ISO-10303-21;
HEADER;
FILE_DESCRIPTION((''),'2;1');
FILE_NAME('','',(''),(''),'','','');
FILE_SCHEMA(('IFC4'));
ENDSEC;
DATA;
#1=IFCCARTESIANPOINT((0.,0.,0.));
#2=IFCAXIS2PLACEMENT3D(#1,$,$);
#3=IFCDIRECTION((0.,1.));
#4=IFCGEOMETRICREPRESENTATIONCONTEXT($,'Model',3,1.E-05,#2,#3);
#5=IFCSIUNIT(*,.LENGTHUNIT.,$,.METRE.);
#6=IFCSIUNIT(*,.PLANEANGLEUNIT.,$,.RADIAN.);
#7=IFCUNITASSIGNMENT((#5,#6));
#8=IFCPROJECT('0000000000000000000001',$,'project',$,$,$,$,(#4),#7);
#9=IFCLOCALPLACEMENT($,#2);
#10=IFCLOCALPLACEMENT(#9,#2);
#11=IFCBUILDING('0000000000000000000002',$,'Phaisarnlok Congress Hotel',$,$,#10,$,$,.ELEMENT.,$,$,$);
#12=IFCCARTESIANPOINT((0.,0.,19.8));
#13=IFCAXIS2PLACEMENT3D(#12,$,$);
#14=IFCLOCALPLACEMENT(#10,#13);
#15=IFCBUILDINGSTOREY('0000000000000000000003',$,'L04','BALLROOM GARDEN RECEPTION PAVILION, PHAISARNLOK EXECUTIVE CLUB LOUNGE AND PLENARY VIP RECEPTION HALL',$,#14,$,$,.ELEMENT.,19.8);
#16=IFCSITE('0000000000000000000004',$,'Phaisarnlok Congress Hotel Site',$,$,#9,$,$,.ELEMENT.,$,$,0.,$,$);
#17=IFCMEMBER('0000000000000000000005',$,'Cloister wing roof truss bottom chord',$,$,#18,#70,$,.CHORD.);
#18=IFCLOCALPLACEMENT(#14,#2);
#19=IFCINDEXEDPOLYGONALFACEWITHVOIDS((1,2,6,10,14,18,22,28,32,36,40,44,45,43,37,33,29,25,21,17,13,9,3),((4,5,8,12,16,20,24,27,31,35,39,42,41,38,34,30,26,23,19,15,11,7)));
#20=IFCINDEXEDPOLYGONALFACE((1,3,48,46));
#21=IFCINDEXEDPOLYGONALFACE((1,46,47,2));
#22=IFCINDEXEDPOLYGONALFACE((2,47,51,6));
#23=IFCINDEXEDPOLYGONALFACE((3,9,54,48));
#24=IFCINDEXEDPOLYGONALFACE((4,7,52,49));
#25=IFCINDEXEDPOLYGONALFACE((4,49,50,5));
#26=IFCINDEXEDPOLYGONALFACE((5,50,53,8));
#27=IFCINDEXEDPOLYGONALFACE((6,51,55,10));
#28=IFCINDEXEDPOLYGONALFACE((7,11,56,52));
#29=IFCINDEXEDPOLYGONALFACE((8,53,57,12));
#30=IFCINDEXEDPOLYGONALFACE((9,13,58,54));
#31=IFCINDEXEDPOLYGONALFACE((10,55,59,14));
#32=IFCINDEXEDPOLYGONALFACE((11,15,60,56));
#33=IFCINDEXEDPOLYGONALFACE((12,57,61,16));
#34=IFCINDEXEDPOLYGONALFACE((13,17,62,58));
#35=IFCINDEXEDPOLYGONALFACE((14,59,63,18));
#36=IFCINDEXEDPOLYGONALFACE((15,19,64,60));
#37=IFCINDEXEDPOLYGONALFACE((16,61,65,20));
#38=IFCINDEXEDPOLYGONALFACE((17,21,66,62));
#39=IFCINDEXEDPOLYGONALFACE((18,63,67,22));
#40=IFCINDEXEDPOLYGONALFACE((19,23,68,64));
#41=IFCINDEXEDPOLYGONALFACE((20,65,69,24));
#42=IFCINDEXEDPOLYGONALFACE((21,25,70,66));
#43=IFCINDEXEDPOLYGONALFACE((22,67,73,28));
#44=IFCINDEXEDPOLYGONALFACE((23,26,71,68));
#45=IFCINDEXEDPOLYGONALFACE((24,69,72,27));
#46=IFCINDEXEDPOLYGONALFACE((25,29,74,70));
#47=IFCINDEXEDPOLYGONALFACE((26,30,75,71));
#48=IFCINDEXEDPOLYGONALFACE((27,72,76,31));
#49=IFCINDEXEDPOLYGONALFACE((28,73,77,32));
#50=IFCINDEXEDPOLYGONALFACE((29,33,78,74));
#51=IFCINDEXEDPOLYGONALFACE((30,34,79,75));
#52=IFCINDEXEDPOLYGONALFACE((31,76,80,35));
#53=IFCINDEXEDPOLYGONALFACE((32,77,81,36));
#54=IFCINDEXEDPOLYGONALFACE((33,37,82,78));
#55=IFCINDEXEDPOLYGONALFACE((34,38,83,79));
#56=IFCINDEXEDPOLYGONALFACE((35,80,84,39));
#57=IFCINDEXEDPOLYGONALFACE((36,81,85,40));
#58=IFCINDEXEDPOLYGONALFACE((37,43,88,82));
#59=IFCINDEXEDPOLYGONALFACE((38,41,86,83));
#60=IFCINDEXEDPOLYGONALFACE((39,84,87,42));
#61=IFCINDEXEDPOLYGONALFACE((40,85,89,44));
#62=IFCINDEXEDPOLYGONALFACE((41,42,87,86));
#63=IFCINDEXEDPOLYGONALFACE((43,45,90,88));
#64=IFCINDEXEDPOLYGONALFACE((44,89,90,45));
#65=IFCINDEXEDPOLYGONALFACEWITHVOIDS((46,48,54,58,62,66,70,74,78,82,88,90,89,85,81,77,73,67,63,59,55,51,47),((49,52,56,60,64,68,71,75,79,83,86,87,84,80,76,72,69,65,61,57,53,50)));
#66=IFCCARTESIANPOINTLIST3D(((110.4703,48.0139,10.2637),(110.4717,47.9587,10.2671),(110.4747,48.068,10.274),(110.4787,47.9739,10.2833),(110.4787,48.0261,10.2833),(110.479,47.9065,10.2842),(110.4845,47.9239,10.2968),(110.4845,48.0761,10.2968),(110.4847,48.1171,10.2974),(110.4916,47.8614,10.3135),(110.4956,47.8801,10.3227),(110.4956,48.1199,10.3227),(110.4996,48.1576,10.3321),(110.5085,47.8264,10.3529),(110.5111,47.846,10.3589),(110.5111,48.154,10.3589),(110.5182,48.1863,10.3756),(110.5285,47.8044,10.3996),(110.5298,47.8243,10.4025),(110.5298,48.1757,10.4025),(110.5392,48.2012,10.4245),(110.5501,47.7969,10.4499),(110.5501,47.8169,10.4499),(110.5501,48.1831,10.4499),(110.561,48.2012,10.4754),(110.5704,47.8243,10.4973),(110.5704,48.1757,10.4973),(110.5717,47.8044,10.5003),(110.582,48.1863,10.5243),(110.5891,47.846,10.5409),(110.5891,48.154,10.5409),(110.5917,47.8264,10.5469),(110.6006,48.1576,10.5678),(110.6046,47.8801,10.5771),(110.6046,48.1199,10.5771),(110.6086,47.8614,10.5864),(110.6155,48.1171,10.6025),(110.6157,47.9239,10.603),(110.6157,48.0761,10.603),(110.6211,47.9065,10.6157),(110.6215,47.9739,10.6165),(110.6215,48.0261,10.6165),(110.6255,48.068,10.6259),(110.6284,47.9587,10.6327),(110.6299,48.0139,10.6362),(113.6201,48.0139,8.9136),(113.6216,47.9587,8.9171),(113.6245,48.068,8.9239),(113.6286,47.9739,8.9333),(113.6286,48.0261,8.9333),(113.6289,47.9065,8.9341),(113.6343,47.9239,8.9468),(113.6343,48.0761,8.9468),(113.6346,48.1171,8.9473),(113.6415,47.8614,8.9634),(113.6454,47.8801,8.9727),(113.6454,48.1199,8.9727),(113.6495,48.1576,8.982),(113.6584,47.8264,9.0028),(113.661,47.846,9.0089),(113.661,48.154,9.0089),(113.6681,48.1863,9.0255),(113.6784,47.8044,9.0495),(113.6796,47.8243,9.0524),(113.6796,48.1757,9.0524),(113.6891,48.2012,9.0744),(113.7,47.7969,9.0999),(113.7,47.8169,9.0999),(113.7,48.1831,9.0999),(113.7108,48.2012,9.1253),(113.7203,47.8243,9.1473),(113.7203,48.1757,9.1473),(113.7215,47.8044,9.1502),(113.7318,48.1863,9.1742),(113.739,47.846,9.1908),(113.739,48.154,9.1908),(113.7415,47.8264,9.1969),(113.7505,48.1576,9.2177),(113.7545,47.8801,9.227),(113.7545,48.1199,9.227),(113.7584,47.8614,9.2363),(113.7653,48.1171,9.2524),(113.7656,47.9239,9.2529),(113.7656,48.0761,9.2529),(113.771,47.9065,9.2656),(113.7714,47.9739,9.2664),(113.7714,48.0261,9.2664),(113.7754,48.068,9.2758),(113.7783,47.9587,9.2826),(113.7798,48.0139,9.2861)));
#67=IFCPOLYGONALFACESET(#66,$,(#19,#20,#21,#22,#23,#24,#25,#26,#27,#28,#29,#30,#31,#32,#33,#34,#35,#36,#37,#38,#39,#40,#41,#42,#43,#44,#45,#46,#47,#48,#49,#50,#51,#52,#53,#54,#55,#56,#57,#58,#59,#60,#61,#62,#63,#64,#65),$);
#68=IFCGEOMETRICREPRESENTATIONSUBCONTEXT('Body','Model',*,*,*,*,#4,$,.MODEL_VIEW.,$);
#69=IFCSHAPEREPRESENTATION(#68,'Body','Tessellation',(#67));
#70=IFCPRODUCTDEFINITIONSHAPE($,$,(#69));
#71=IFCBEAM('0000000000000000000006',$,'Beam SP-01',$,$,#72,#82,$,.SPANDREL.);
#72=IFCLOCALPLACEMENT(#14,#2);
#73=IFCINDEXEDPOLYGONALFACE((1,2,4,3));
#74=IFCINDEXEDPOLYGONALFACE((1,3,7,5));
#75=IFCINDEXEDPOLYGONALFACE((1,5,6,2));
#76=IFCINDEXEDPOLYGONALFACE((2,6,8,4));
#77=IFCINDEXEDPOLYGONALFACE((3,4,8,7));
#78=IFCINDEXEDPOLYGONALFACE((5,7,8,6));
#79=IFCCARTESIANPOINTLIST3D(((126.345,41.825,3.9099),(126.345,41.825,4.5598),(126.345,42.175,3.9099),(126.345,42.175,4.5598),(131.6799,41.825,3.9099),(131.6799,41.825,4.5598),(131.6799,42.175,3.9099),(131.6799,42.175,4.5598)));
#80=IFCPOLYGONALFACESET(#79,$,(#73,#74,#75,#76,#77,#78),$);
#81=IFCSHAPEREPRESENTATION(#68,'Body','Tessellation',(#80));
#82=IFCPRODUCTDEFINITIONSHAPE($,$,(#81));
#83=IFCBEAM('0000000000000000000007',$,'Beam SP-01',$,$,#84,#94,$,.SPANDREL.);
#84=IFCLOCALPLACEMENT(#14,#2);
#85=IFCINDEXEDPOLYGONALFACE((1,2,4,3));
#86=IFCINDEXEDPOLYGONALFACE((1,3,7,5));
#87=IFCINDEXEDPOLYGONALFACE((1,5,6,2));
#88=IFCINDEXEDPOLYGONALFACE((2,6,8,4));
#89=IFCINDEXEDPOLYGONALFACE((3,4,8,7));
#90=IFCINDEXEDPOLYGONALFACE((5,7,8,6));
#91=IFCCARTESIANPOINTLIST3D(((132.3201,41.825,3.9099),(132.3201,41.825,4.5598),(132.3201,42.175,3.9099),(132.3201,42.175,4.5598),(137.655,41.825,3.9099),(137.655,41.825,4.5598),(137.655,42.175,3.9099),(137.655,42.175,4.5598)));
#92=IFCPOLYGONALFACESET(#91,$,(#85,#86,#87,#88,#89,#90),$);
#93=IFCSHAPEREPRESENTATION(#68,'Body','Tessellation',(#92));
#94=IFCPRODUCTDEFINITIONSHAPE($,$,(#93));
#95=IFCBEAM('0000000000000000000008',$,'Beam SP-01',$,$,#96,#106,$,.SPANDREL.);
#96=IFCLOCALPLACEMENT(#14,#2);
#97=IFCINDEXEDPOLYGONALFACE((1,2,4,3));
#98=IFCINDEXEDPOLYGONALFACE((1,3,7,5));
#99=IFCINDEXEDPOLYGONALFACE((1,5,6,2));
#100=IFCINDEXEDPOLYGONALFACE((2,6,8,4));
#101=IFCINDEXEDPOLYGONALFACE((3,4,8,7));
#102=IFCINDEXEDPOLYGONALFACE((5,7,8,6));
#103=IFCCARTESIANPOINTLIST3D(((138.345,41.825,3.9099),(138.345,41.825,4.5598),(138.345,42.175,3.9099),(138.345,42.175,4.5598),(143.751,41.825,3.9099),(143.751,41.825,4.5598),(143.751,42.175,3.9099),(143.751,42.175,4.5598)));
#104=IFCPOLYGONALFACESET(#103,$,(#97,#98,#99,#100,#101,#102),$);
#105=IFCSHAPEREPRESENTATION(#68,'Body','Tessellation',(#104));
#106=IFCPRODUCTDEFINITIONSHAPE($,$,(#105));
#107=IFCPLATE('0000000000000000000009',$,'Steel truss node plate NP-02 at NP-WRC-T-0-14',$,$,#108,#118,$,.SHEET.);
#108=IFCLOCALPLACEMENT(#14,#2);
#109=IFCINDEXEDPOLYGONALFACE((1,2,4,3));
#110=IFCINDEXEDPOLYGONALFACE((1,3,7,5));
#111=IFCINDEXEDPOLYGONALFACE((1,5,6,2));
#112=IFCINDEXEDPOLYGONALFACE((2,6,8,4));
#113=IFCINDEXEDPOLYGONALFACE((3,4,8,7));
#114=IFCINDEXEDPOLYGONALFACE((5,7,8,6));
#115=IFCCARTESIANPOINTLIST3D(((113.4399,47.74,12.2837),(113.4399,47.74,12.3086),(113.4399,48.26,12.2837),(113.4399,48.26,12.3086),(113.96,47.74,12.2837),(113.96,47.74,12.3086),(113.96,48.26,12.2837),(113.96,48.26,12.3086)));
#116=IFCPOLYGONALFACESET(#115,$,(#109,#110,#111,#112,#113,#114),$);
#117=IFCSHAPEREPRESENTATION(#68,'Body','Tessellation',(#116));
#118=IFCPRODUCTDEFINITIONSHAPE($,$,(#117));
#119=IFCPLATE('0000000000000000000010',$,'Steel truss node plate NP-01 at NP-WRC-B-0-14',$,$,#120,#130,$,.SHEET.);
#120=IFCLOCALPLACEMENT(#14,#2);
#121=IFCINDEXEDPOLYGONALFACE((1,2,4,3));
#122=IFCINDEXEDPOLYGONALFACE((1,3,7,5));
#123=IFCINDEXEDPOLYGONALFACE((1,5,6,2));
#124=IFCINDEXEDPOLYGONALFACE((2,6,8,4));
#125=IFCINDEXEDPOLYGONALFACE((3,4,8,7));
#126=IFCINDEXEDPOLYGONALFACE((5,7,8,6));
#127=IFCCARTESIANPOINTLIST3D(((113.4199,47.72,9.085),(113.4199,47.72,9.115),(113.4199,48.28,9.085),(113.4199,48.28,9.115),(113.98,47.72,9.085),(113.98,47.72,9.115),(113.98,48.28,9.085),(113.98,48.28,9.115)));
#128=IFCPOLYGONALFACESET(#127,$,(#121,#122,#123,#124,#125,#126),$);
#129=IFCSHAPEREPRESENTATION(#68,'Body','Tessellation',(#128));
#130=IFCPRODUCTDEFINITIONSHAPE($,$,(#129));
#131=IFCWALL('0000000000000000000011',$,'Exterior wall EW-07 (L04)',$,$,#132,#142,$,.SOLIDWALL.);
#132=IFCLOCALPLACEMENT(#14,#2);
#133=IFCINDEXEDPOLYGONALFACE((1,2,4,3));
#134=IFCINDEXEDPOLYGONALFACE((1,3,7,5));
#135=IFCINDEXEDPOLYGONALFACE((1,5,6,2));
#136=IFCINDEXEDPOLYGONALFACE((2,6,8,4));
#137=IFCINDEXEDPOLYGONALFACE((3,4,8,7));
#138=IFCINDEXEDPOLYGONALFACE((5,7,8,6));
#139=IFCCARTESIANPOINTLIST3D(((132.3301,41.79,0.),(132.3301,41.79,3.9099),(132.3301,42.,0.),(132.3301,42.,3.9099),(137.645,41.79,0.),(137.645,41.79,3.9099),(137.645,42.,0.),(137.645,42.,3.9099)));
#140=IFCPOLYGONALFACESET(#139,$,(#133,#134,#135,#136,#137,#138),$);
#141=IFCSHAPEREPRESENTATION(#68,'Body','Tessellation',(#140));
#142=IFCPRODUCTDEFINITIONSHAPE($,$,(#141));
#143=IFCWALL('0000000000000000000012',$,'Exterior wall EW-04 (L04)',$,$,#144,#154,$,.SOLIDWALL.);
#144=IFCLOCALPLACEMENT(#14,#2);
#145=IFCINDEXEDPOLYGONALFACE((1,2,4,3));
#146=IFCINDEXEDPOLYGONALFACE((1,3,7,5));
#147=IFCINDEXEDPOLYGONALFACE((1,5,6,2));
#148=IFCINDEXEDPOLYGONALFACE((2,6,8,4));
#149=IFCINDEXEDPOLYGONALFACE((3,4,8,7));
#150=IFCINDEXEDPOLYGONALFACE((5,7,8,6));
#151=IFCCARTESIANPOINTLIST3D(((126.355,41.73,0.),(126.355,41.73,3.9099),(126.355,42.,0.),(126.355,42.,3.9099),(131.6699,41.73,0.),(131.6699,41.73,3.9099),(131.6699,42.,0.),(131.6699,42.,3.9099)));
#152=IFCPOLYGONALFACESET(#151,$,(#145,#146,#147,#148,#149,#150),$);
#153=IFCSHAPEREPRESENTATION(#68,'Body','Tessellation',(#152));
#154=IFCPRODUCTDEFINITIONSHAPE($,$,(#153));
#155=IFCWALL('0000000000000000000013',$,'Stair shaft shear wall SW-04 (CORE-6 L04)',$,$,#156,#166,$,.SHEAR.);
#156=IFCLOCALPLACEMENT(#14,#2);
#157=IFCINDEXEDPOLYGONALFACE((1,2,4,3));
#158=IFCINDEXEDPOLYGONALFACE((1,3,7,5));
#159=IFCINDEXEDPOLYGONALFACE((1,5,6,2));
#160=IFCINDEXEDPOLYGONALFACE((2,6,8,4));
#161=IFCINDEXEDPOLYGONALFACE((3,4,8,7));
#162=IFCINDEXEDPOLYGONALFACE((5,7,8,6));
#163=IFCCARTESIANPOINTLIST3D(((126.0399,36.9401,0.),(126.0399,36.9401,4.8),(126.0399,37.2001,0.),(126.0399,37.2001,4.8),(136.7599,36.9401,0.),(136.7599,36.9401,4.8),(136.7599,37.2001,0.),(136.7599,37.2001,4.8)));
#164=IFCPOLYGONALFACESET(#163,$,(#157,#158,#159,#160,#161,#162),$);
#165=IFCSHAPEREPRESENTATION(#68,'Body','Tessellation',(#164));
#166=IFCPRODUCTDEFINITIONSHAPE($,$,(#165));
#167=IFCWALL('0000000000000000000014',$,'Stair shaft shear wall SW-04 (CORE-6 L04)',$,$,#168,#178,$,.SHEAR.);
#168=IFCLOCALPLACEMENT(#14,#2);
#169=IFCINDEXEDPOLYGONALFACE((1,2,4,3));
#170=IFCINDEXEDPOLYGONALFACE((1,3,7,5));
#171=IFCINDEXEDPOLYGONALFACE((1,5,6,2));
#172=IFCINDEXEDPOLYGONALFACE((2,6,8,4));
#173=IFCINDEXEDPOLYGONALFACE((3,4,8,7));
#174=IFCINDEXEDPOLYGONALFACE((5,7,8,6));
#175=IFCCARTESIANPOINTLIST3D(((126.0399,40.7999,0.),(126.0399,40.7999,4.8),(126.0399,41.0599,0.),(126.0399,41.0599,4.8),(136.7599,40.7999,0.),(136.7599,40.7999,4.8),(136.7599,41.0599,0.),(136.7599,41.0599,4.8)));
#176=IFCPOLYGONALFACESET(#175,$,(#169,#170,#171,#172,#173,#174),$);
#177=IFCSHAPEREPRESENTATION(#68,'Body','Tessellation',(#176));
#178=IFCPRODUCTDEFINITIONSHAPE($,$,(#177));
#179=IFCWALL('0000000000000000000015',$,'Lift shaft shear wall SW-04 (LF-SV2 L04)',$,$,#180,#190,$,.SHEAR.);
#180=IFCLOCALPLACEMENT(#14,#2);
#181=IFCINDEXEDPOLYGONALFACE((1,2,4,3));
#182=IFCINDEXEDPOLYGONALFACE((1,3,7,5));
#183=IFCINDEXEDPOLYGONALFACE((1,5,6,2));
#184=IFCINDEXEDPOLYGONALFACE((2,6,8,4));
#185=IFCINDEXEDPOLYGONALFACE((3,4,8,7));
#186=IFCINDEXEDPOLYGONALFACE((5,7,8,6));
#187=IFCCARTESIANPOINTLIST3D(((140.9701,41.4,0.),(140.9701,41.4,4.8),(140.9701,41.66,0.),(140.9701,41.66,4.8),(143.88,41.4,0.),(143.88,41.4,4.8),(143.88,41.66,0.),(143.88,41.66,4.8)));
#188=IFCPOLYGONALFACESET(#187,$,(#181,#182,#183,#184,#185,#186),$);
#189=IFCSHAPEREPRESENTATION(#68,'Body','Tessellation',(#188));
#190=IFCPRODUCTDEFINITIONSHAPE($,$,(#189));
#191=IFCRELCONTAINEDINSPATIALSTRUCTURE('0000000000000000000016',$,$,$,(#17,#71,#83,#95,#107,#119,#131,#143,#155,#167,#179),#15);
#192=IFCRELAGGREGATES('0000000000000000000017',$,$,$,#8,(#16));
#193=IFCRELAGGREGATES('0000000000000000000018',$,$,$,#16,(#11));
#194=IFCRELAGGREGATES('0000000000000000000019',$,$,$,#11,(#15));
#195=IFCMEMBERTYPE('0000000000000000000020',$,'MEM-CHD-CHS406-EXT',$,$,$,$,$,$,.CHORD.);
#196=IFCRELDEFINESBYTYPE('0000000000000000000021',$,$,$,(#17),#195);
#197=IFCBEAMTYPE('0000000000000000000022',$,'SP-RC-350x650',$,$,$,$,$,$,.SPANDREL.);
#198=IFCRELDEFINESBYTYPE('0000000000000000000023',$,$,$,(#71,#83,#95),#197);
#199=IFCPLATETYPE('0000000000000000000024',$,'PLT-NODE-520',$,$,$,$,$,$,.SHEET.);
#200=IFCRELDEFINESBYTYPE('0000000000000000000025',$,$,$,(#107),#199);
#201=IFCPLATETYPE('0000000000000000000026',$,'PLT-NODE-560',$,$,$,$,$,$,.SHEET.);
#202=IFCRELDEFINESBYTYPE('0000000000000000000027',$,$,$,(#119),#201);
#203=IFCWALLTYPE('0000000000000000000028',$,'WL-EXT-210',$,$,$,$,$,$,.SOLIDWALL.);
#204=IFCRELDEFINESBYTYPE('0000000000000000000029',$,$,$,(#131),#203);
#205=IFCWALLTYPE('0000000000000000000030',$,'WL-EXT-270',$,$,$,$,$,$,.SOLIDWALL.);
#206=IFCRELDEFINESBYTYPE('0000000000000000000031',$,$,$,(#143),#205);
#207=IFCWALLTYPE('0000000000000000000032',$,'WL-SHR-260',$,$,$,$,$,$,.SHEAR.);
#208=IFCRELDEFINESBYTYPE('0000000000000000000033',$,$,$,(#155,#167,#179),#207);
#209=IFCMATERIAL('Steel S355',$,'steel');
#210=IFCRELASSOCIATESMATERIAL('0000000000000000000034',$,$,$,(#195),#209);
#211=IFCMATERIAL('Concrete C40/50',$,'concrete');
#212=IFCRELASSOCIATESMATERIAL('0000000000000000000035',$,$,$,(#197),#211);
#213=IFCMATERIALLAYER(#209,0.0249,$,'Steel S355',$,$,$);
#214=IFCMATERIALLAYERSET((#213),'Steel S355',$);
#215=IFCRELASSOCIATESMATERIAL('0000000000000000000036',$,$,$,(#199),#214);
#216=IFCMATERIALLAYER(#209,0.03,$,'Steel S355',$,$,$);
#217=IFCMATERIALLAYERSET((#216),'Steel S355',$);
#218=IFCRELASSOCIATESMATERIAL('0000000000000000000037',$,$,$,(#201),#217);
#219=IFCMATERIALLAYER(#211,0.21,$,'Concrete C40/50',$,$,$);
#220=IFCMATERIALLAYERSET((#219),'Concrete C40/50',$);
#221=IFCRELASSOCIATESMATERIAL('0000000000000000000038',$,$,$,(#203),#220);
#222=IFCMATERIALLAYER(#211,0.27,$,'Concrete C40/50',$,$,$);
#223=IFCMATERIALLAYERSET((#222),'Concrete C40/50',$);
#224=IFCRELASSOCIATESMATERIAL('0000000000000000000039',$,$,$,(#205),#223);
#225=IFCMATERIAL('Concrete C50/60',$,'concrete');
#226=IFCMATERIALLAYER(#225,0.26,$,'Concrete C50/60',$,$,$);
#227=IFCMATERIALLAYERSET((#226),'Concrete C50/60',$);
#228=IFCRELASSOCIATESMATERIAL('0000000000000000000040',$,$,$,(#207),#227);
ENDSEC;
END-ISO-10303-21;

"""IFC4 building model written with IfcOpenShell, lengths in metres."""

from ifc_helpers import new_model, si_unit, direction, frame, frame_2d, origin, origin_2d, place, context, subcontext, project, spatial, rectangle, hollow_circle, extrude, material, layer, layer_set, material_profile, profile_set, type_object, element, save


model = new_model("IFC4")

# Units and contexts
model_context = context("Model", 3, precision=1e-05, world=origin(), true_north=direction((0.0, 1.0)))
body_context = subcontext(model_context, "Body", "Model", "MODEL_VIEW")
ifc_project = project(units=[si_unit("LENGTHUNIT", "METRE"), si_unit("PLANEANGLEUNIT", "RADIAN")], contexts=[model_context])

# Site, building, storey
site_placement = place(None, origin())
site = spatial("IfcSite", under=ifc_project, at=site_placement, Name="Phaisarnlok Congress Hotel Site", CompositionType="ELEMENT", RefElevation=0.0)
building_placement = place(site_placement, origin())
building = spatial("IfcBuilding", under=site, at=building_placement, Name="Phaisarnlok Congress Hotel", CompositionType="ELEMENT")
storey_placement = place(building_placement, frame((0.0, 0.0, 19.8)))
storey = spatial("IfcBuildingStorey", under=building, at=storey_placement, Name="L04", Description="BALLROOM GARDEN RECEPTION PAVILION, PHAISARNLOK EXECUTIVE CLUB LOUNGE AND PLENARY VIP RECEPTION HALL", CompositionType="ELEMENT", Elevation=19.8)

# Shared definitions
ifc_material_1 = material(Name="Concrete C50/60", Category="concrete")

# Shared definitions
ifc_material_2 = material(Name="Concrete C40/50", Category="concrete")

# Member
ifc_material_3 = material(Name="Steel S355", Category="steel")
ifc_material_profile_1 = material_profile(ifc_material_3, hollow_circle(Radius=0.2031, WallThickness=0.02, at=origin_2d()), Name="CHS 406.4x20")
ifc_profile_set_1 = profile_set([ifc_material_profile_1], Name="Steel S355")
member_type_1 = type_object("IfcMemberType", Name="MEM-CHD-CHS406-EXT", PredefinedType="CHORD", material=ifc_profile_set_1)
member_1_placement = place(storey_placement, frame((113.7, 48.0, 9.0999), z_axis=(-0.91913, 0.0, 0.393954), x_axis=(0.0, -1.0, 0.0)))
element("IfcMember", 1, at=member_1_placement, inside=storey, type_object=member_type_1, Name="Cloister wing roof truss bottom chord", PredefinedType="CHORD", context=body_context, shape_type="SweptSolid", body=[
    extrude(hollow_circle(Radius=0.2031, WallThickness=0.02, at=origin_2d()), origin(), (0.0, 0.0, 1.0), 3.427),
])

# Beams
ifc_material_profile_2 = material_profile(ifc_material_2, rectangle(XDim=0.3501, YDim=0.6499, at=origin_2d()), Name="RC 350x650")
ifc_profile_set_2 = profile_set([ifc_material_profile_2], Name="Concrete C40/50")
beam_type_1 = type_object("IfcBeamType", Name="SP-RC-350x650", PredefinedType="SPANDREL", material=ifc_profile_set_2)
for number, where, z_axis, x_axis, name in (
    (2, (126.345, 42.0, 4.2349), (1.0, 0.0, 0.0), (0.0, 1.0, 0.0), "Beam SP-01"),
    (3, (132.3201, 42.0, 4.2349), (1.0, 0.0, 0.0), (0.0, 1.0, 0.0), "Beam SP-01"),
):
    element("IfcBeam", number, at=place(storey_placement, frame(where, z_axis=z_axis, x_axis=x_axis)), inside=storey, type_object=beam_type_1, Name=name, PredefinedType="SPANDREL", context=body_context, shape_type="SweptSolid", body=[
        extrude(rectangle(XDim=0.3501, YDim=0.6499, at=origin_2d()), origin(), (0.0, 0.0, 1.0), 5.335),
    ])
beam_1_placement = place(storey_placement, frame((138.345, 42.0, 4.2349), z_axis=(1.0, 0.0, 0.0), x_axis=(0.0, 1.0, 0.0)))
element("IfcBeam", 4, at=beam_1_placement, inside=storey, type_object=beam_type_1, Name="Beam SP-01", PredefinedType="SPANDREL", context=body_context, shape_type="SweptSolid", body=[
    extrude(rectangle(XDim=0.3501, YDim=0.6499, at=origin_2d()), origin(), (0.0, 0.0, 1.0), 5.406),
])

# Plates
ifc_layer_1 = layer(ifc_material_3, 0.0249, Name="Steel S355")
ifc_layer_set_1 = layer_set([ifc_layer_1], Name="Steel S355")
plate_type_1 = type_object("IfcPlateType", Name="PLT-NODE-520", PredefinedType="SHEET", material=ifc_layer_set_1)
plate_1_placement = place(storey_placement, frame((113.7, 48.0, 12.2837), z_axis=(0.0, 0.0, 1.0), x_axis=(1.0, 0.0, 0.0)))
element("IfcPlate", 5, at=plate_1_placement, inside=storey, type_object=plate_type_1, Name="Steel truss node plate NP-02 at NP-WRC-T-0-14", PredefinedType="SHEET", context=body_context, shape_type="SweptSolid", body=[
    extrude(rectangle(XDim=0.52, YDim=0.52, at=origin_2d()), origin(), (0.0, 0.0, 1.0), 0.0249),
])
ifc_layer_2 = layer(ifc_material_3, 0.03, Name="Steel S355")
ifc_layer_set_2 = layer_set([ifc_layer_2], Name="Steel S355")
plate_type_2 = type_object("IfcPlateType", Name="PLT-NODE-560", PredefinedType="SHEET", material=ifc_layer_set_2)
plate_2_placement = place(storey_placement, frame((113.7, 48.0, 9.085), z_axis=(0.0, 0.0, 1.0), x_axis=(1.0, 0.0, 0.0)))
element("IfcPlate", 6, at=plate_2_placement, inside=storey, type_object=plate_type_2, Name="Steel truss node plate NP-01 at NP-WRC-B-0-14", PredefinedType="SHEET", context=body_context, shape_type="SweptSolid", body=[
    extrude(rectangle(XDim=0.5601, YDim=0.5601, at=origin_2d()), origin(), (0.0, 0.0, 1.0), 0.03),
])

# Walls
ifc_layer_3 = layer(ifc_material_2, 0.21, Name="Concrete C40/50")
ifc_layer_set_3 = layer_set([ifc_layer_3], Name="Concrete C40/50")
wall_type_1 = type_object("IfcWallType", Name="WL-EXT-210", PredefinedType="SOLIDWALL", material=ifc_layer_set_3)
wall_1_placement = place(storey_placement, frame((137.645, 41.895, 0.0), z_axis=(0.0, 0.0, 1.0), x_axis=(-1.0, 0.0, 0.0)))
element("IfcWall", 7, at=wall_1_placement, inside=storey, type_object=wall_type_1, Name="Exterior wall EW-07 (L04)", PredefinedType="SOLIDWALL", context=body_context, shape_type="SweptSolid", body=[
    extrude(rectangle(XDim=5.3149, YDim=0.21, at=frame_2d((2.6575, 0.0))), origin(), (0.0, 0.0, 1.0), 3.9099),
])
ifc_layer_4 = layer(ifc_material_2, 0.27, Name="Concrete C40/50")
ifc_layer_set_4 = layer_set([ifc_layer_4], Name="Concrete C40/50")
wall_type_2 = type_object("IfcWallType", Name="WL-EXT-270", PredefinedType="SOLIDWALL", material=ifc_layer_set_4)
wall_2_placement = place(storey_placement, frame((131.6699, 41.865, 0.0), z_axis=(0.0, 0.0, 1.0), x_axis=(-1.0, 0.0, 0.0)))
element("IfcWall", 8, at=wall_2_placement, inside=storey, type_object=wall_type_2, Name="Exterior wall EW-04 (L04)", PredefinedType="SOLIDWALL", context=body_context, shape_type="SweptSolid", body=[
    extrude(rectangle(XDim=5.3149, YDim=0.27, at=frame_2d((2.6575, 0.0))), origin(), (0.0, 0.0, 1.0), 3.9099),
])
ifc_layer_5 = layer(ifc_material_1, 0.26, Name="Concrete C50/60")
ifc_layer_set_5 = layer_set([ifc_layer_5], Name="Concrete C50/60")
wall_type_3 = type_object("IfcWallType", Name="WL-SHR-260", PredefinedType="SHEAR", material=ifc_layer_set_5)
for number, where, z_axis, x_axis, name in (
    (9, (126.04, 37.0701, 0.0), (0.0, 0.0, 1.0), (1.0, 0.0, 0.0), "Stair shaft shear wall SW-04 (CORE-6 L04)"),
    (10, (126.04, 40.9299, 0.0), (0.0, 0.0, 1.0), (1.0, 0.0, 0.0), "Stair shaft shear wall SW-04 (CORE-6 L04)"),
):
    element("IfcWall", number, at=place(storey_placement, frame(where, z_axis=z_axis, x_axis=x_axis)), inside=storey, type_object=wall_type_3, Name=name, PredefinedType="SHEAR", context=body_context, shape_type="SweptSolid", body=[
        extrude(rectangle(XDim=10.72, YDim=0.26, at=frame_2d((5.3599, 0.0))), origin(), (0.0, 0.0, 1.0), 4.8),
    ])

# Wall
wall_3_placement = place(storey_placement, frame((140.97, 41.53, 0.0), z_axis=(0.0, 0.0, 1.0), x_axis=(1.0, 0.0, 0.0)))
element("IfcWall", 11, at=wall_3_placement, inside=storey, type_object=wall_type_3, Name="Lift shaft shear wall SW-04 (LF-SV2 L04)", PredefinedType="SHEAR", context=body_context, shape_type="SweptSolid", body=[
    extrude(rectangle(XDim=2.9099, YDim=0.26, at=frame_2d((1.4551, 0.0))), origin(), (0.0, 0.0, 1.0), 4.8),
])

save(model, "model.ifc")
